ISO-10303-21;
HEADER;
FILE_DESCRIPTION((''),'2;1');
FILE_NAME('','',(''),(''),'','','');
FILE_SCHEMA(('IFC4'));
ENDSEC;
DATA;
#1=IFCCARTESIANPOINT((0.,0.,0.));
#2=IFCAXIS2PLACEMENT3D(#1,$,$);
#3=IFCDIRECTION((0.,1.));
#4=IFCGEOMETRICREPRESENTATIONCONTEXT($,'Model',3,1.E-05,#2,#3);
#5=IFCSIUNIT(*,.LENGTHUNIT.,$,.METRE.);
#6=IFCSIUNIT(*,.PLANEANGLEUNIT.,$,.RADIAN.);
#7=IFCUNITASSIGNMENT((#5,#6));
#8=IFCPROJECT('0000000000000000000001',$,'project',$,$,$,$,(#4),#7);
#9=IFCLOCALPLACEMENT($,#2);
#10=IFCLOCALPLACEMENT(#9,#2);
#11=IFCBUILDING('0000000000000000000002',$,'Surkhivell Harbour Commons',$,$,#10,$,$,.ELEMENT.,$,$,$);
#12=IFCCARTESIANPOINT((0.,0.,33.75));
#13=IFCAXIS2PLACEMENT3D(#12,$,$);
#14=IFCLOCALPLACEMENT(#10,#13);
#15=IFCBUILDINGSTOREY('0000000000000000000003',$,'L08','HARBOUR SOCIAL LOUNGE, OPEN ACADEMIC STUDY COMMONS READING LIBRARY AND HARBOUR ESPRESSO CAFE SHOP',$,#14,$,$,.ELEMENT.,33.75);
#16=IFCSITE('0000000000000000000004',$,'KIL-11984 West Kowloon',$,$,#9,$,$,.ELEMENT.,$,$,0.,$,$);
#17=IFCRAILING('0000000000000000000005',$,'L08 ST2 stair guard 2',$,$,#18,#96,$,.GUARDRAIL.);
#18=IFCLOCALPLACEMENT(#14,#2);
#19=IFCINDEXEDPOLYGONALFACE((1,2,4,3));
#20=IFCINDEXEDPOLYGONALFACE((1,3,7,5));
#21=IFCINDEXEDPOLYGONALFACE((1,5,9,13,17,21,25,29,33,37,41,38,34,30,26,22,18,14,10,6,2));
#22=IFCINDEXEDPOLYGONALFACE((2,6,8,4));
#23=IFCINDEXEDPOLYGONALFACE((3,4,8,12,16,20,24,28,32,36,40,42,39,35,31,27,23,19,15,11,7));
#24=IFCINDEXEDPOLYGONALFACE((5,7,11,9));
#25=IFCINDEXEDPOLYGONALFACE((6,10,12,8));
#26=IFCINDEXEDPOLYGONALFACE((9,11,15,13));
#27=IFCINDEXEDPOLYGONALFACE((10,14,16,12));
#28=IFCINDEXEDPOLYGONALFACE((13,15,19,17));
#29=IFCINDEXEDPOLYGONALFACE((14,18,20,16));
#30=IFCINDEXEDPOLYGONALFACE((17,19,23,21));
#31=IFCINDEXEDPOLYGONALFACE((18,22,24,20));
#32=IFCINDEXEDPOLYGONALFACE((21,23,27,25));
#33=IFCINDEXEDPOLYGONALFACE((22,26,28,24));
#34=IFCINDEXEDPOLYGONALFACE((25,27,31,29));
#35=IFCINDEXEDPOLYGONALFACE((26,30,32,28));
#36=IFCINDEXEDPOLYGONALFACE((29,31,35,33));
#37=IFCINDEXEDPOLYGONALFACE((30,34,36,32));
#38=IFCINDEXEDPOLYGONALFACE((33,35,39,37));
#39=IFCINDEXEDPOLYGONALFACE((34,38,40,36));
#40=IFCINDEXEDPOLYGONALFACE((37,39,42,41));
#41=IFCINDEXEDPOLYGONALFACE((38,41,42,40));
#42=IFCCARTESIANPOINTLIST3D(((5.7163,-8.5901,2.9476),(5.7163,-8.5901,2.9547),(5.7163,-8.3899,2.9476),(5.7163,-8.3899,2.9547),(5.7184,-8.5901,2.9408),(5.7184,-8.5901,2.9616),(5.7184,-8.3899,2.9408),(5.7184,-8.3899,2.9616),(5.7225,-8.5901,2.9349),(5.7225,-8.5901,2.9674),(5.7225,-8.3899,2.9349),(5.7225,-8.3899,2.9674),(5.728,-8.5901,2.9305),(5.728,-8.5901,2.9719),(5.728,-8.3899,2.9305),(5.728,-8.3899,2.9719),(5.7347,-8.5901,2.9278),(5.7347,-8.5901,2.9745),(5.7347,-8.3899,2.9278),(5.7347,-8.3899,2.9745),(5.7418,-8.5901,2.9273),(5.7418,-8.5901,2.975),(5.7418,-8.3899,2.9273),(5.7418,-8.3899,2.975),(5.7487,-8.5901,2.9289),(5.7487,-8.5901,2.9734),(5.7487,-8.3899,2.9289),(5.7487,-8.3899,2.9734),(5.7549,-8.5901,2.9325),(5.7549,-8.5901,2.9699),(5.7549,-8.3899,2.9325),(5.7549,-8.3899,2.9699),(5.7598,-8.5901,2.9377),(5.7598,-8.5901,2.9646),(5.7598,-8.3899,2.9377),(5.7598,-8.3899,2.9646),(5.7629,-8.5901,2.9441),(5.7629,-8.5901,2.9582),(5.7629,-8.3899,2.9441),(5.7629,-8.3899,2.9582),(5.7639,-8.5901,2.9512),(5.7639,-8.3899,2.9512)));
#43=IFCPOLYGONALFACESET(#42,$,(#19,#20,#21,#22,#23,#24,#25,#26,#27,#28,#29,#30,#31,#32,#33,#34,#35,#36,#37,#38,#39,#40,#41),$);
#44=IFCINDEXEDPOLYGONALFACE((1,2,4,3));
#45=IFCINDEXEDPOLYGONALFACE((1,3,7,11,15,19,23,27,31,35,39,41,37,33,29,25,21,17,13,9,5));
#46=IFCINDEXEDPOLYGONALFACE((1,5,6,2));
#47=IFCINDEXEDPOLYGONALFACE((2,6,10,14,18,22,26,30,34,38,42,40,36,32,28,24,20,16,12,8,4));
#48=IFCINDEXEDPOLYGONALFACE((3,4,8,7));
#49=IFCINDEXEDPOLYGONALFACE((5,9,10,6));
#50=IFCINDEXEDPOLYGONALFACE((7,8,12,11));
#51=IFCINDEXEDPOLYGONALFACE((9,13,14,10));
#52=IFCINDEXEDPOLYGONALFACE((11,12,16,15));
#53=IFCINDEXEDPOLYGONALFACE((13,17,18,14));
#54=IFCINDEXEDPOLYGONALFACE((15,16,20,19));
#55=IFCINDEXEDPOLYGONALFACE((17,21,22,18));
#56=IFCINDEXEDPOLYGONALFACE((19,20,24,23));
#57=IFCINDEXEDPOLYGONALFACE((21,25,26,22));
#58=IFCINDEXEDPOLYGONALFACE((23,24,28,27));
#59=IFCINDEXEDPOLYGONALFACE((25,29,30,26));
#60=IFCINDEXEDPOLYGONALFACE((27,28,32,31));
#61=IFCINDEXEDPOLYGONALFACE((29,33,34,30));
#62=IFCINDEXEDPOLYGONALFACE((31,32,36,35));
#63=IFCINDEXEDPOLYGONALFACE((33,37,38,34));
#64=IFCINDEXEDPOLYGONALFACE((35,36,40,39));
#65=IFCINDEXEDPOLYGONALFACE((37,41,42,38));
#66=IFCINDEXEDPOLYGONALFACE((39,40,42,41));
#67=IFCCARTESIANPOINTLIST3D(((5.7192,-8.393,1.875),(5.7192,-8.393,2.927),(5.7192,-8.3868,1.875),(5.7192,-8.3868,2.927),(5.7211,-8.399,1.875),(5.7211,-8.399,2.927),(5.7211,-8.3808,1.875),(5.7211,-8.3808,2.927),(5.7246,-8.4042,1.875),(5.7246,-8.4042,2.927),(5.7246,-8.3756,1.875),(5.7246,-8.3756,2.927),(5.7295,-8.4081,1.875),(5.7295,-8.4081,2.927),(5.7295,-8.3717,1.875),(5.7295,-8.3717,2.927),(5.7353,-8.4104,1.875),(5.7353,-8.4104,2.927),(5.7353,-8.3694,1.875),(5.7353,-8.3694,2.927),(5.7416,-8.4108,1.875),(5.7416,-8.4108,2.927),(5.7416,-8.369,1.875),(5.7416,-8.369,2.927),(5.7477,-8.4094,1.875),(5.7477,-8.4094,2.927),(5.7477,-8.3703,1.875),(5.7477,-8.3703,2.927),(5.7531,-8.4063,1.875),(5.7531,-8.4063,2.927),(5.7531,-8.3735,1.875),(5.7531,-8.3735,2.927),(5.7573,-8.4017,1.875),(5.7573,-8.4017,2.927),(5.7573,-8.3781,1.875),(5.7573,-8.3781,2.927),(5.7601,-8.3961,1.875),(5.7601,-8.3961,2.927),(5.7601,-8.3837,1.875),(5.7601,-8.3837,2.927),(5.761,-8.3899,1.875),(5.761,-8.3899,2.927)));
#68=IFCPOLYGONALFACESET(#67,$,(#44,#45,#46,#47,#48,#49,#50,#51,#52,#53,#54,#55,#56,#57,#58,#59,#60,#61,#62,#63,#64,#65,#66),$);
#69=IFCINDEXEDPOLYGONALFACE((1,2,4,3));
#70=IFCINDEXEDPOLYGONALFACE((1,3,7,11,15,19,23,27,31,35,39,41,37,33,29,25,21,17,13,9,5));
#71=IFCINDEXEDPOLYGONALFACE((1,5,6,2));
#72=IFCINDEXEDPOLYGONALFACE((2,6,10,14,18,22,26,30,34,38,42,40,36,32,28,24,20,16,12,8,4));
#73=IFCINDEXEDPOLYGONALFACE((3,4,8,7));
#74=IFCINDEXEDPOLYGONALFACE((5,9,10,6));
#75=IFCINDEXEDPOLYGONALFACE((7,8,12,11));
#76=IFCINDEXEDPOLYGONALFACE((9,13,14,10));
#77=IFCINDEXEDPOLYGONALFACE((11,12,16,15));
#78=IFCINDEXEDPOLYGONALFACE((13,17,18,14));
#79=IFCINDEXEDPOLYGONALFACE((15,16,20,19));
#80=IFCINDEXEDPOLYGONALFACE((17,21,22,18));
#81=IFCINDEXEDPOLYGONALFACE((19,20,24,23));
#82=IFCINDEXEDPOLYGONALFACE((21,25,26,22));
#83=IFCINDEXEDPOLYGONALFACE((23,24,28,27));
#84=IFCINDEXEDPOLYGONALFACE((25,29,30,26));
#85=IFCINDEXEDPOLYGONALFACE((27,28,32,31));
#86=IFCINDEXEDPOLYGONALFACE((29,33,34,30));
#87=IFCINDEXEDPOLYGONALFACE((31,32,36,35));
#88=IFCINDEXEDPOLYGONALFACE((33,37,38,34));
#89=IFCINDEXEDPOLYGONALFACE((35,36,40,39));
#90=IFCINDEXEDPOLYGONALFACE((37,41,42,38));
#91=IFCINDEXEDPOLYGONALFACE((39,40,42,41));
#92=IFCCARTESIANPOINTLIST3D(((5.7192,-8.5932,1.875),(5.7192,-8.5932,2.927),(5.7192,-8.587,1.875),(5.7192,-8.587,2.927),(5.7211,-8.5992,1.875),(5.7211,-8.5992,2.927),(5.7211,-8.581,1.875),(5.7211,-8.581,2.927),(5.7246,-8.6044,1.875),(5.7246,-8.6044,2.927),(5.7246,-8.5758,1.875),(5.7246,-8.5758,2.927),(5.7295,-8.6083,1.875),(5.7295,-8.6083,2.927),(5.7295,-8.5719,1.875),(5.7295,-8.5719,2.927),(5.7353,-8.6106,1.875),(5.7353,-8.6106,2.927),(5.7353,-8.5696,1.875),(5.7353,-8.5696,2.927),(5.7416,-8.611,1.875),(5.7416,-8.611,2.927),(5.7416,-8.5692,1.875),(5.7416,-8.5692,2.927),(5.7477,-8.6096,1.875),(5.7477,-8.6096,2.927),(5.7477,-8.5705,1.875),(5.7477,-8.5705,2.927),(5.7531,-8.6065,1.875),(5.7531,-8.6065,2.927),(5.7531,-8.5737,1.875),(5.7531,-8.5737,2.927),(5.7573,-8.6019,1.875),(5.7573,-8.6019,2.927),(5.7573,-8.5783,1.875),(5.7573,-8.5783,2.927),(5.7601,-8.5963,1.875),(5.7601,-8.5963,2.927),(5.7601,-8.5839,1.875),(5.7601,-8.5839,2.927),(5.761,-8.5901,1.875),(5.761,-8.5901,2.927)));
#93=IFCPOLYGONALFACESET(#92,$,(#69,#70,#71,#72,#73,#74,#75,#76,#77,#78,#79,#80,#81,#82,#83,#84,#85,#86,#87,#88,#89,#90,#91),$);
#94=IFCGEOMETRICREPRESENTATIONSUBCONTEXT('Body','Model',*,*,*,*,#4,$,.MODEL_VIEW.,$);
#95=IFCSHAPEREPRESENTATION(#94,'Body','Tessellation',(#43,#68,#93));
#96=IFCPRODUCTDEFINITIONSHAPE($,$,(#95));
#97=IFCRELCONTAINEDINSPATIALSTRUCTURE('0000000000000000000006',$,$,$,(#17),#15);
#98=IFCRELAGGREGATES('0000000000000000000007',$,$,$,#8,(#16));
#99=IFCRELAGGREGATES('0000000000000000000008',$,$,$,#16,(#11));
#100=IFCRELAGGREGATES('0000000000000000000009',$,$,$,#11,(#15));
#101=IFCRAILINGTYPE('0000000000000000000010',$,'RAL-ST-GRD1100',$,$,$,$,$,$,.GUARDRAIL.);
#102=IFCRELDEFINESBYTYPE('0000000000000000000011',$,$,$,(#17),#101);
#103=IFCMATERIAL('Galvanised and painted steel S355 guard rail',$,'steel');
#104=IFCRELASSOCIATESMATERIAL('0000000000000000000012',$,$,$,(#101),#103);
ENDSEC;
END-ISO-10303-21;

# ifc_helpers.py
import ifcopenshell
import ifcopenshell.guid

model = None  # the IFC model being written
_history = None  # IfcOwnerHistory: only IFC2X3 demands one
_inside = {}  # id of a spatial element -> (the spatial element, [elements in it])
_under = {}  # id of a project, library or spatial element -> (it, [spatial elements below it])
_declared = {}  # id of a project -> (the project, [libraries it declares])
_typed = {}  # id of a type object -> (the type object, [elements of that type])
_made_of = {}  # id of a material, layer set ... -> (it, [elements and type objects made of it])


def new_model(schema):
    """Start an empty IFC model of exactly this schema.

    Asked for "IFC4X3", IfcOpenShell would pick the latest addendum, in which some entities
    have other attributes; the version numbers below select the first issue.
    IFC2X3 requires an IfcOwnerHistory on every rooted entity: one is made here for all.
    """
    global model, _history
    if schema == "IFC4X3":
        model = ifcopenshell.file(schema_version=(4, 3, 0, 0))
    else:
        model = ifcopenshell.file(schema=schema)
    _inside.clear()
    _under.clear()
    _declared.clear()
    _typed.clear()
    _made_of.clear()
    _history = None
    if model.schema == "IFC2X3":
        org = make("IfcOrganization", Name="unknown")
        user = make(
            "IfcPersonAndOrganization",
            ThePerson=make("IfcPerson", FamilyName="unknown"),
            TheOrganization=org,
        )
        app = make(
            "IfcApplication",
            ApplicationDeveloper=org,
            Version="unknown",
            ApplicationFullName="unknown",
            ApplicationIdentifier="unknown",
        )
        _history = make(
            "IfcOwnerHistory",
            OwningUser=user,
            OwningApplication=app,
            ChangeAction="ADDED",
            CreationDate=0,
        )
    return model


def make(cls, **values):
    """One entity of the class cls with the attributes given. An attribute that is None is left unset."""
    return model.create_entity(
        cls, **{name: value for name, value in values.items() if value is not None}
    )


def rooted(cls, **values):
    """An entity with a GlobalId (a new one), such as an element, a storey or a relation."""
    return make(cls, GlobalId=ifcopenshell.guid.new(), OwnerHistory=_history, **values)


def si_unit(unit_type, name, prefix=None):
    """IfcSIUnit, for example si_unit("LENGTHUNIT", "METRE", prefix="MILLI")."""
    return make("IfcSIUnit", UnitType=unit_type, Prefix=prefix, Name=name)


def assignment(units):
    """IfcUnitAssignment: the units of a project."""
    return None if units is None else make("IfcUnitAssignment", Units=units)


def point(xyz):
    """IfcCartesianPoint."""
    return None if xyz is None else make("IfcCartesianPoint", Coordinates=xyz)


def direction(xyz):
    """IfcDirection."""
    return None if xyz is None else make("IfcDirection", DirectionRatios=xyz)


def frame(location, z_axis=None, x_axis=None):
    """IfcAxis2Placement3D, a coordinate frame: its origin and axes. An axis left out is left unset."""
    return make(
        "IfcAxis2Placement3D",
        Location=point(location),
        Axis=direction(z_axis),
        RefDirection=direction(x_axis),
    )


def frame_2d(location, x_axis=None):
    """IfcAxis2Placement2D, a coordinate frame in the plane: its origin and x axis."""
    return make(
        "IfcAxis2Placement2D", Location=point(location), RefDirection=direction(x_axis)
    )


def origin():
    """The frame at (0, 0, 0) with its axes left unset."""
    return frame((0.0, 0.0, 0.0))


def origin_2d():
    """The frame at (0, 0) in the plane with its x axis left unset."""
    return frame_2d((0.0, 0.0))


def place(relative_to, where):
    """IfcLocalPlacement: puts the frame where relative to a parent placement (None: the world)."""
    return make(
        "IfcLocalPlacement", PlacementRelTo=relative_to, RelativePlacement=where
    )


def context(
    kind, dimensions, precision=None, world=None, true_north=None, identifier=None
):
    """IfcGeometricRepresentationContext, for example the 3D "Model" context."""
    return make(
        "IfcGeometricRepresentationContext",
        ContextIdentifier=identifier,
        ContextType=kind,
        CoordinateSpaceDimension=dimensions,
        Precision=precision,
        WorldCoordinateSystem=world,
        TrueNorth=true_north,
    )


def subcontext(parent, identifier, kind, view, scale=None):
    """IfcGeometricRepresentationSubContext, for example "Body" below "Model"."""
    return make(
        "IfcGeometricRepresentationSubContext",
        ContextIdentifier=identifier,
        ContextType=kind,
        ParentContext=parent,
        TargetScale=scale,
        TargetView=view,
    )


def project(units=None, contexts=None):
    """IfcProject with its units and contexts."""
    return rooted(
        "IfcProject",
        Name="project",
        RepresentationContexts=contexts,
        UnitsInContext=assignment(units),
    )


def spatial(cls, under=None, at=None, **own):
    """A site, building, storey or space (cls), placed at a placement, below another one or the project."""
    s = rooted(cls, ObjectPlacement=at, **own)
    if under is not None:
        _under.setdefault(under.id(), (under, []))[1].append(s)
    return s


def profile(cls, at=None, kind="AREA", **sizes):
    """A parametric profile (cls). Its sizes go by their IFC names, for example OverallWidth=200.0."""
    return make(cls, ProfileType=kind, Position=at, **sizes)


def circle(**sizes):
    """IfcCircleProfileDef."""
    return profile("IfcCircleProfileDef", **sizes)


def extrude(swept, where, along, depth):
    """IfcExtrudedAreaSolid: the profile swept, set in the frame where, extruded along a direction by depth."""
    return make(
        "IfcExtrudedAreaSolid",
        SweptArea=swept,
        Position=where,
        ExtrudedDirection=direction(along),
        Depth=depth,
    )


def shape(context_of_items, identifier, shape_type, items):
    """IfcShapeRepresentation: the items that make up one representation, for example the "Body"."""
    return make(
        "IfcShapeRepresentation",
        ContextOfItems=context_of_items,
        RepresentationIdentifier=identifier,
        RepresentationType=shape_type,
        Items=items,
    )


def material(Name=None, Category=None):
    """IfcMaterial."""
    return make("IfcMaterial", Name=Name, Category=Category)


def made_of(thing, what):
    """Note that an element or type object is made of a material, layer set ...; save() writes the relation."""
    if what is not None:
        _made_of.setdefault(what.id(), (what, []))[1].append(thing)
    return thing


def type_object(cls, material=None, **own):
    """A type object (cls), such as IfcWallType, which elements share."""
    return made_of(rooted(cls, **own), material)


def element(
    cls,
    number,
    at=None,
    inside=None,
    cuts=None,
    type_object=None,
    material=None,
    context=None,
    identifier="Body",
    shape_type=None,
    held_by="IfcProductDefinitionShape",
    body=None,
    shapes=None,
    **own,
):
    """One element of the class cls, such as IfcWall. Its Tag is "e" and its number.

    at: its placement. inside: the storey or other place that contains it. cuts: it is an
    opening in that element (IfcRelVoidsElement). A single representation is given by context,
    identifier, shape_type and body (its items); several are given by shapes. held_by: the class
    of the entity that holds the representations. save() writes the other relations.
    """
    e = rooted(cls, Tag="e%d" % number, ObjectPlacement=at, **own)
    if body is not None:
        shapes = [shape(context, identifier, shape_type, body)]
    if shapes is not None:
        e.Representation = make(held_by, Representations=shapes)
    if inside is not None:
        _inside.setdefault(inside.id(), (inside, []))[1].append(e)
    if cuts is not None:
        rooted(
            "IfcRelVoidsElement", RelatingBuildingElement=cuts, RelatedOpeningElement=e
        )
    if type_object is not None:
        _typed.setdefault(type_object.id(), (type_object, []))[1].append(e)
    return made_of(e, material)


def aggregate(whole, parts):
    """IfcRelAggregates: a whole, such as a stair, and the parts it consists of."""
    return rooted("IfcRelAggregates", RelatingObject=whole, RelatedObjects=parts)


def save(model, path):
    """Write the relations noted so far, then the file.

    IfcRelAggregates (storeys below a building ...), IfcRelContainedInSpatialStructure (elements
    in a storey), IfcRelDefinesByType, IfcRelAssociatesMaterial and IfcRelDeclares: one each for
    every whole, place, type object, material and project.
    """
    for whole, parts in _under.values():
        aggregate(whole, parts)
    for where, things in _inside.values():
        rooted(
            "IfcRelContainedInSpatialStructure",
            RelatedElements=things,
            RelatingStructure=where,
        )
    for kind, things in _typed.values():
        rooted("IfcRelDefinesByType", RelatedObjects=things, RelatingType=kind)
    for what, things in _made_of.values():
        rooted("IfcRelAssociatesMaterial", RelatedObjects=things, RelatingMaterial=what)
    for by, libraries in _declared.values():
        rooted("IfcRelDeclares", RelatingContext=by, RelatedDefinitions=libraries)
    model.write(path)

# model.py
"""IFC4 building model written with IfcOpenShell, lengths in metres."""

from ifc_helpers import new_model, si_unit, direction, frame, origin, origin_2d, place, context, subcontext, project, spatial, circle, extrude, material, type_object, element, save


model = new_model("IFC4")

# Units and contexts
model_context = context("Model", 3, precision=1e-05, world=origin(), true_north=direction((0.0, 1.0)))
body_context = subcontext(model_context, "Body", "Model", "MODEL_VIEW")
ifc_project = project(units=[si_unit("LENGTHUNIT", "METRE"), si_unit("PLANEANGLEUNIT", "RADIAN")], contexts=[model_context])

# Site, building, storey
site_placement = place(None, origin())
site = spatial("IfcSite", under=ifc_project, at=site_placement, Name="KIL-11984 West Kowloon", CompositionType="ELEMENT", RefElevation=0.0)
building_placement = place(site_placement, origin())
building = spatial("IfcBuilding", under=site, at=building_placement, Name="Surkhivell Harbour Commons", CompositionType="ELEMENT")
storey_placement = place(building_placement, frame((0.0, 0.0, 33.75)))
storey = spatial("IfcBuildingStorey", under=building, at=storey_placement, Name="L08", Description="HARBOUR SOCIAL LOUNGE, OPEN ACADEMIC STUDY COMMONS READING LIBRARY AND HARBOUR ESPRESSO CAFE SHOP", CompositionType="ELEMENT", Elevation=33.75)

# Railing
ifc_material_1 = material(Name="Galvanised and painted steel S355 guard rail", Category="steel")
railing_type_1 = type_object("IfcRailingType", Name="RAL-ST-GRD1100", PredefinedType="GUARDRAIL", material=ifc_material_1)
railing_1_placement = place(storey_placement, frame((5.74, -8.3899, 1.875)))
element("IfcRailing", 1, at=railing_1_placement, inside=storey, type_object=railing_type_1, Name="L08 ST2 stair guard 2", PredefinedType="GUARDRAIL", context=body_context, shape_type="SweptSolid", body=[
    extrude(circle(Radius=0.0239, at=origin_2d()), frame((0.0, 0.0, 1.0762), z_axis=(0.0, -1.0, 0.0), x_axis=(1.0, 0.0, 0.0)), (0.0, 0.0, 1.0), 0.2002),
    extrude(circle(Radius=0.021, at=origin_2d()), origin(), (0.0, 0.0, 1.0), 1.052),
    extrude(circle(Radius=0.021, at=origin_2d()), frame((0.0, -0.2002, 0.0)), (0.0, 0.0, 1.0), 1.052),
])

save(model, "model.ifc")
